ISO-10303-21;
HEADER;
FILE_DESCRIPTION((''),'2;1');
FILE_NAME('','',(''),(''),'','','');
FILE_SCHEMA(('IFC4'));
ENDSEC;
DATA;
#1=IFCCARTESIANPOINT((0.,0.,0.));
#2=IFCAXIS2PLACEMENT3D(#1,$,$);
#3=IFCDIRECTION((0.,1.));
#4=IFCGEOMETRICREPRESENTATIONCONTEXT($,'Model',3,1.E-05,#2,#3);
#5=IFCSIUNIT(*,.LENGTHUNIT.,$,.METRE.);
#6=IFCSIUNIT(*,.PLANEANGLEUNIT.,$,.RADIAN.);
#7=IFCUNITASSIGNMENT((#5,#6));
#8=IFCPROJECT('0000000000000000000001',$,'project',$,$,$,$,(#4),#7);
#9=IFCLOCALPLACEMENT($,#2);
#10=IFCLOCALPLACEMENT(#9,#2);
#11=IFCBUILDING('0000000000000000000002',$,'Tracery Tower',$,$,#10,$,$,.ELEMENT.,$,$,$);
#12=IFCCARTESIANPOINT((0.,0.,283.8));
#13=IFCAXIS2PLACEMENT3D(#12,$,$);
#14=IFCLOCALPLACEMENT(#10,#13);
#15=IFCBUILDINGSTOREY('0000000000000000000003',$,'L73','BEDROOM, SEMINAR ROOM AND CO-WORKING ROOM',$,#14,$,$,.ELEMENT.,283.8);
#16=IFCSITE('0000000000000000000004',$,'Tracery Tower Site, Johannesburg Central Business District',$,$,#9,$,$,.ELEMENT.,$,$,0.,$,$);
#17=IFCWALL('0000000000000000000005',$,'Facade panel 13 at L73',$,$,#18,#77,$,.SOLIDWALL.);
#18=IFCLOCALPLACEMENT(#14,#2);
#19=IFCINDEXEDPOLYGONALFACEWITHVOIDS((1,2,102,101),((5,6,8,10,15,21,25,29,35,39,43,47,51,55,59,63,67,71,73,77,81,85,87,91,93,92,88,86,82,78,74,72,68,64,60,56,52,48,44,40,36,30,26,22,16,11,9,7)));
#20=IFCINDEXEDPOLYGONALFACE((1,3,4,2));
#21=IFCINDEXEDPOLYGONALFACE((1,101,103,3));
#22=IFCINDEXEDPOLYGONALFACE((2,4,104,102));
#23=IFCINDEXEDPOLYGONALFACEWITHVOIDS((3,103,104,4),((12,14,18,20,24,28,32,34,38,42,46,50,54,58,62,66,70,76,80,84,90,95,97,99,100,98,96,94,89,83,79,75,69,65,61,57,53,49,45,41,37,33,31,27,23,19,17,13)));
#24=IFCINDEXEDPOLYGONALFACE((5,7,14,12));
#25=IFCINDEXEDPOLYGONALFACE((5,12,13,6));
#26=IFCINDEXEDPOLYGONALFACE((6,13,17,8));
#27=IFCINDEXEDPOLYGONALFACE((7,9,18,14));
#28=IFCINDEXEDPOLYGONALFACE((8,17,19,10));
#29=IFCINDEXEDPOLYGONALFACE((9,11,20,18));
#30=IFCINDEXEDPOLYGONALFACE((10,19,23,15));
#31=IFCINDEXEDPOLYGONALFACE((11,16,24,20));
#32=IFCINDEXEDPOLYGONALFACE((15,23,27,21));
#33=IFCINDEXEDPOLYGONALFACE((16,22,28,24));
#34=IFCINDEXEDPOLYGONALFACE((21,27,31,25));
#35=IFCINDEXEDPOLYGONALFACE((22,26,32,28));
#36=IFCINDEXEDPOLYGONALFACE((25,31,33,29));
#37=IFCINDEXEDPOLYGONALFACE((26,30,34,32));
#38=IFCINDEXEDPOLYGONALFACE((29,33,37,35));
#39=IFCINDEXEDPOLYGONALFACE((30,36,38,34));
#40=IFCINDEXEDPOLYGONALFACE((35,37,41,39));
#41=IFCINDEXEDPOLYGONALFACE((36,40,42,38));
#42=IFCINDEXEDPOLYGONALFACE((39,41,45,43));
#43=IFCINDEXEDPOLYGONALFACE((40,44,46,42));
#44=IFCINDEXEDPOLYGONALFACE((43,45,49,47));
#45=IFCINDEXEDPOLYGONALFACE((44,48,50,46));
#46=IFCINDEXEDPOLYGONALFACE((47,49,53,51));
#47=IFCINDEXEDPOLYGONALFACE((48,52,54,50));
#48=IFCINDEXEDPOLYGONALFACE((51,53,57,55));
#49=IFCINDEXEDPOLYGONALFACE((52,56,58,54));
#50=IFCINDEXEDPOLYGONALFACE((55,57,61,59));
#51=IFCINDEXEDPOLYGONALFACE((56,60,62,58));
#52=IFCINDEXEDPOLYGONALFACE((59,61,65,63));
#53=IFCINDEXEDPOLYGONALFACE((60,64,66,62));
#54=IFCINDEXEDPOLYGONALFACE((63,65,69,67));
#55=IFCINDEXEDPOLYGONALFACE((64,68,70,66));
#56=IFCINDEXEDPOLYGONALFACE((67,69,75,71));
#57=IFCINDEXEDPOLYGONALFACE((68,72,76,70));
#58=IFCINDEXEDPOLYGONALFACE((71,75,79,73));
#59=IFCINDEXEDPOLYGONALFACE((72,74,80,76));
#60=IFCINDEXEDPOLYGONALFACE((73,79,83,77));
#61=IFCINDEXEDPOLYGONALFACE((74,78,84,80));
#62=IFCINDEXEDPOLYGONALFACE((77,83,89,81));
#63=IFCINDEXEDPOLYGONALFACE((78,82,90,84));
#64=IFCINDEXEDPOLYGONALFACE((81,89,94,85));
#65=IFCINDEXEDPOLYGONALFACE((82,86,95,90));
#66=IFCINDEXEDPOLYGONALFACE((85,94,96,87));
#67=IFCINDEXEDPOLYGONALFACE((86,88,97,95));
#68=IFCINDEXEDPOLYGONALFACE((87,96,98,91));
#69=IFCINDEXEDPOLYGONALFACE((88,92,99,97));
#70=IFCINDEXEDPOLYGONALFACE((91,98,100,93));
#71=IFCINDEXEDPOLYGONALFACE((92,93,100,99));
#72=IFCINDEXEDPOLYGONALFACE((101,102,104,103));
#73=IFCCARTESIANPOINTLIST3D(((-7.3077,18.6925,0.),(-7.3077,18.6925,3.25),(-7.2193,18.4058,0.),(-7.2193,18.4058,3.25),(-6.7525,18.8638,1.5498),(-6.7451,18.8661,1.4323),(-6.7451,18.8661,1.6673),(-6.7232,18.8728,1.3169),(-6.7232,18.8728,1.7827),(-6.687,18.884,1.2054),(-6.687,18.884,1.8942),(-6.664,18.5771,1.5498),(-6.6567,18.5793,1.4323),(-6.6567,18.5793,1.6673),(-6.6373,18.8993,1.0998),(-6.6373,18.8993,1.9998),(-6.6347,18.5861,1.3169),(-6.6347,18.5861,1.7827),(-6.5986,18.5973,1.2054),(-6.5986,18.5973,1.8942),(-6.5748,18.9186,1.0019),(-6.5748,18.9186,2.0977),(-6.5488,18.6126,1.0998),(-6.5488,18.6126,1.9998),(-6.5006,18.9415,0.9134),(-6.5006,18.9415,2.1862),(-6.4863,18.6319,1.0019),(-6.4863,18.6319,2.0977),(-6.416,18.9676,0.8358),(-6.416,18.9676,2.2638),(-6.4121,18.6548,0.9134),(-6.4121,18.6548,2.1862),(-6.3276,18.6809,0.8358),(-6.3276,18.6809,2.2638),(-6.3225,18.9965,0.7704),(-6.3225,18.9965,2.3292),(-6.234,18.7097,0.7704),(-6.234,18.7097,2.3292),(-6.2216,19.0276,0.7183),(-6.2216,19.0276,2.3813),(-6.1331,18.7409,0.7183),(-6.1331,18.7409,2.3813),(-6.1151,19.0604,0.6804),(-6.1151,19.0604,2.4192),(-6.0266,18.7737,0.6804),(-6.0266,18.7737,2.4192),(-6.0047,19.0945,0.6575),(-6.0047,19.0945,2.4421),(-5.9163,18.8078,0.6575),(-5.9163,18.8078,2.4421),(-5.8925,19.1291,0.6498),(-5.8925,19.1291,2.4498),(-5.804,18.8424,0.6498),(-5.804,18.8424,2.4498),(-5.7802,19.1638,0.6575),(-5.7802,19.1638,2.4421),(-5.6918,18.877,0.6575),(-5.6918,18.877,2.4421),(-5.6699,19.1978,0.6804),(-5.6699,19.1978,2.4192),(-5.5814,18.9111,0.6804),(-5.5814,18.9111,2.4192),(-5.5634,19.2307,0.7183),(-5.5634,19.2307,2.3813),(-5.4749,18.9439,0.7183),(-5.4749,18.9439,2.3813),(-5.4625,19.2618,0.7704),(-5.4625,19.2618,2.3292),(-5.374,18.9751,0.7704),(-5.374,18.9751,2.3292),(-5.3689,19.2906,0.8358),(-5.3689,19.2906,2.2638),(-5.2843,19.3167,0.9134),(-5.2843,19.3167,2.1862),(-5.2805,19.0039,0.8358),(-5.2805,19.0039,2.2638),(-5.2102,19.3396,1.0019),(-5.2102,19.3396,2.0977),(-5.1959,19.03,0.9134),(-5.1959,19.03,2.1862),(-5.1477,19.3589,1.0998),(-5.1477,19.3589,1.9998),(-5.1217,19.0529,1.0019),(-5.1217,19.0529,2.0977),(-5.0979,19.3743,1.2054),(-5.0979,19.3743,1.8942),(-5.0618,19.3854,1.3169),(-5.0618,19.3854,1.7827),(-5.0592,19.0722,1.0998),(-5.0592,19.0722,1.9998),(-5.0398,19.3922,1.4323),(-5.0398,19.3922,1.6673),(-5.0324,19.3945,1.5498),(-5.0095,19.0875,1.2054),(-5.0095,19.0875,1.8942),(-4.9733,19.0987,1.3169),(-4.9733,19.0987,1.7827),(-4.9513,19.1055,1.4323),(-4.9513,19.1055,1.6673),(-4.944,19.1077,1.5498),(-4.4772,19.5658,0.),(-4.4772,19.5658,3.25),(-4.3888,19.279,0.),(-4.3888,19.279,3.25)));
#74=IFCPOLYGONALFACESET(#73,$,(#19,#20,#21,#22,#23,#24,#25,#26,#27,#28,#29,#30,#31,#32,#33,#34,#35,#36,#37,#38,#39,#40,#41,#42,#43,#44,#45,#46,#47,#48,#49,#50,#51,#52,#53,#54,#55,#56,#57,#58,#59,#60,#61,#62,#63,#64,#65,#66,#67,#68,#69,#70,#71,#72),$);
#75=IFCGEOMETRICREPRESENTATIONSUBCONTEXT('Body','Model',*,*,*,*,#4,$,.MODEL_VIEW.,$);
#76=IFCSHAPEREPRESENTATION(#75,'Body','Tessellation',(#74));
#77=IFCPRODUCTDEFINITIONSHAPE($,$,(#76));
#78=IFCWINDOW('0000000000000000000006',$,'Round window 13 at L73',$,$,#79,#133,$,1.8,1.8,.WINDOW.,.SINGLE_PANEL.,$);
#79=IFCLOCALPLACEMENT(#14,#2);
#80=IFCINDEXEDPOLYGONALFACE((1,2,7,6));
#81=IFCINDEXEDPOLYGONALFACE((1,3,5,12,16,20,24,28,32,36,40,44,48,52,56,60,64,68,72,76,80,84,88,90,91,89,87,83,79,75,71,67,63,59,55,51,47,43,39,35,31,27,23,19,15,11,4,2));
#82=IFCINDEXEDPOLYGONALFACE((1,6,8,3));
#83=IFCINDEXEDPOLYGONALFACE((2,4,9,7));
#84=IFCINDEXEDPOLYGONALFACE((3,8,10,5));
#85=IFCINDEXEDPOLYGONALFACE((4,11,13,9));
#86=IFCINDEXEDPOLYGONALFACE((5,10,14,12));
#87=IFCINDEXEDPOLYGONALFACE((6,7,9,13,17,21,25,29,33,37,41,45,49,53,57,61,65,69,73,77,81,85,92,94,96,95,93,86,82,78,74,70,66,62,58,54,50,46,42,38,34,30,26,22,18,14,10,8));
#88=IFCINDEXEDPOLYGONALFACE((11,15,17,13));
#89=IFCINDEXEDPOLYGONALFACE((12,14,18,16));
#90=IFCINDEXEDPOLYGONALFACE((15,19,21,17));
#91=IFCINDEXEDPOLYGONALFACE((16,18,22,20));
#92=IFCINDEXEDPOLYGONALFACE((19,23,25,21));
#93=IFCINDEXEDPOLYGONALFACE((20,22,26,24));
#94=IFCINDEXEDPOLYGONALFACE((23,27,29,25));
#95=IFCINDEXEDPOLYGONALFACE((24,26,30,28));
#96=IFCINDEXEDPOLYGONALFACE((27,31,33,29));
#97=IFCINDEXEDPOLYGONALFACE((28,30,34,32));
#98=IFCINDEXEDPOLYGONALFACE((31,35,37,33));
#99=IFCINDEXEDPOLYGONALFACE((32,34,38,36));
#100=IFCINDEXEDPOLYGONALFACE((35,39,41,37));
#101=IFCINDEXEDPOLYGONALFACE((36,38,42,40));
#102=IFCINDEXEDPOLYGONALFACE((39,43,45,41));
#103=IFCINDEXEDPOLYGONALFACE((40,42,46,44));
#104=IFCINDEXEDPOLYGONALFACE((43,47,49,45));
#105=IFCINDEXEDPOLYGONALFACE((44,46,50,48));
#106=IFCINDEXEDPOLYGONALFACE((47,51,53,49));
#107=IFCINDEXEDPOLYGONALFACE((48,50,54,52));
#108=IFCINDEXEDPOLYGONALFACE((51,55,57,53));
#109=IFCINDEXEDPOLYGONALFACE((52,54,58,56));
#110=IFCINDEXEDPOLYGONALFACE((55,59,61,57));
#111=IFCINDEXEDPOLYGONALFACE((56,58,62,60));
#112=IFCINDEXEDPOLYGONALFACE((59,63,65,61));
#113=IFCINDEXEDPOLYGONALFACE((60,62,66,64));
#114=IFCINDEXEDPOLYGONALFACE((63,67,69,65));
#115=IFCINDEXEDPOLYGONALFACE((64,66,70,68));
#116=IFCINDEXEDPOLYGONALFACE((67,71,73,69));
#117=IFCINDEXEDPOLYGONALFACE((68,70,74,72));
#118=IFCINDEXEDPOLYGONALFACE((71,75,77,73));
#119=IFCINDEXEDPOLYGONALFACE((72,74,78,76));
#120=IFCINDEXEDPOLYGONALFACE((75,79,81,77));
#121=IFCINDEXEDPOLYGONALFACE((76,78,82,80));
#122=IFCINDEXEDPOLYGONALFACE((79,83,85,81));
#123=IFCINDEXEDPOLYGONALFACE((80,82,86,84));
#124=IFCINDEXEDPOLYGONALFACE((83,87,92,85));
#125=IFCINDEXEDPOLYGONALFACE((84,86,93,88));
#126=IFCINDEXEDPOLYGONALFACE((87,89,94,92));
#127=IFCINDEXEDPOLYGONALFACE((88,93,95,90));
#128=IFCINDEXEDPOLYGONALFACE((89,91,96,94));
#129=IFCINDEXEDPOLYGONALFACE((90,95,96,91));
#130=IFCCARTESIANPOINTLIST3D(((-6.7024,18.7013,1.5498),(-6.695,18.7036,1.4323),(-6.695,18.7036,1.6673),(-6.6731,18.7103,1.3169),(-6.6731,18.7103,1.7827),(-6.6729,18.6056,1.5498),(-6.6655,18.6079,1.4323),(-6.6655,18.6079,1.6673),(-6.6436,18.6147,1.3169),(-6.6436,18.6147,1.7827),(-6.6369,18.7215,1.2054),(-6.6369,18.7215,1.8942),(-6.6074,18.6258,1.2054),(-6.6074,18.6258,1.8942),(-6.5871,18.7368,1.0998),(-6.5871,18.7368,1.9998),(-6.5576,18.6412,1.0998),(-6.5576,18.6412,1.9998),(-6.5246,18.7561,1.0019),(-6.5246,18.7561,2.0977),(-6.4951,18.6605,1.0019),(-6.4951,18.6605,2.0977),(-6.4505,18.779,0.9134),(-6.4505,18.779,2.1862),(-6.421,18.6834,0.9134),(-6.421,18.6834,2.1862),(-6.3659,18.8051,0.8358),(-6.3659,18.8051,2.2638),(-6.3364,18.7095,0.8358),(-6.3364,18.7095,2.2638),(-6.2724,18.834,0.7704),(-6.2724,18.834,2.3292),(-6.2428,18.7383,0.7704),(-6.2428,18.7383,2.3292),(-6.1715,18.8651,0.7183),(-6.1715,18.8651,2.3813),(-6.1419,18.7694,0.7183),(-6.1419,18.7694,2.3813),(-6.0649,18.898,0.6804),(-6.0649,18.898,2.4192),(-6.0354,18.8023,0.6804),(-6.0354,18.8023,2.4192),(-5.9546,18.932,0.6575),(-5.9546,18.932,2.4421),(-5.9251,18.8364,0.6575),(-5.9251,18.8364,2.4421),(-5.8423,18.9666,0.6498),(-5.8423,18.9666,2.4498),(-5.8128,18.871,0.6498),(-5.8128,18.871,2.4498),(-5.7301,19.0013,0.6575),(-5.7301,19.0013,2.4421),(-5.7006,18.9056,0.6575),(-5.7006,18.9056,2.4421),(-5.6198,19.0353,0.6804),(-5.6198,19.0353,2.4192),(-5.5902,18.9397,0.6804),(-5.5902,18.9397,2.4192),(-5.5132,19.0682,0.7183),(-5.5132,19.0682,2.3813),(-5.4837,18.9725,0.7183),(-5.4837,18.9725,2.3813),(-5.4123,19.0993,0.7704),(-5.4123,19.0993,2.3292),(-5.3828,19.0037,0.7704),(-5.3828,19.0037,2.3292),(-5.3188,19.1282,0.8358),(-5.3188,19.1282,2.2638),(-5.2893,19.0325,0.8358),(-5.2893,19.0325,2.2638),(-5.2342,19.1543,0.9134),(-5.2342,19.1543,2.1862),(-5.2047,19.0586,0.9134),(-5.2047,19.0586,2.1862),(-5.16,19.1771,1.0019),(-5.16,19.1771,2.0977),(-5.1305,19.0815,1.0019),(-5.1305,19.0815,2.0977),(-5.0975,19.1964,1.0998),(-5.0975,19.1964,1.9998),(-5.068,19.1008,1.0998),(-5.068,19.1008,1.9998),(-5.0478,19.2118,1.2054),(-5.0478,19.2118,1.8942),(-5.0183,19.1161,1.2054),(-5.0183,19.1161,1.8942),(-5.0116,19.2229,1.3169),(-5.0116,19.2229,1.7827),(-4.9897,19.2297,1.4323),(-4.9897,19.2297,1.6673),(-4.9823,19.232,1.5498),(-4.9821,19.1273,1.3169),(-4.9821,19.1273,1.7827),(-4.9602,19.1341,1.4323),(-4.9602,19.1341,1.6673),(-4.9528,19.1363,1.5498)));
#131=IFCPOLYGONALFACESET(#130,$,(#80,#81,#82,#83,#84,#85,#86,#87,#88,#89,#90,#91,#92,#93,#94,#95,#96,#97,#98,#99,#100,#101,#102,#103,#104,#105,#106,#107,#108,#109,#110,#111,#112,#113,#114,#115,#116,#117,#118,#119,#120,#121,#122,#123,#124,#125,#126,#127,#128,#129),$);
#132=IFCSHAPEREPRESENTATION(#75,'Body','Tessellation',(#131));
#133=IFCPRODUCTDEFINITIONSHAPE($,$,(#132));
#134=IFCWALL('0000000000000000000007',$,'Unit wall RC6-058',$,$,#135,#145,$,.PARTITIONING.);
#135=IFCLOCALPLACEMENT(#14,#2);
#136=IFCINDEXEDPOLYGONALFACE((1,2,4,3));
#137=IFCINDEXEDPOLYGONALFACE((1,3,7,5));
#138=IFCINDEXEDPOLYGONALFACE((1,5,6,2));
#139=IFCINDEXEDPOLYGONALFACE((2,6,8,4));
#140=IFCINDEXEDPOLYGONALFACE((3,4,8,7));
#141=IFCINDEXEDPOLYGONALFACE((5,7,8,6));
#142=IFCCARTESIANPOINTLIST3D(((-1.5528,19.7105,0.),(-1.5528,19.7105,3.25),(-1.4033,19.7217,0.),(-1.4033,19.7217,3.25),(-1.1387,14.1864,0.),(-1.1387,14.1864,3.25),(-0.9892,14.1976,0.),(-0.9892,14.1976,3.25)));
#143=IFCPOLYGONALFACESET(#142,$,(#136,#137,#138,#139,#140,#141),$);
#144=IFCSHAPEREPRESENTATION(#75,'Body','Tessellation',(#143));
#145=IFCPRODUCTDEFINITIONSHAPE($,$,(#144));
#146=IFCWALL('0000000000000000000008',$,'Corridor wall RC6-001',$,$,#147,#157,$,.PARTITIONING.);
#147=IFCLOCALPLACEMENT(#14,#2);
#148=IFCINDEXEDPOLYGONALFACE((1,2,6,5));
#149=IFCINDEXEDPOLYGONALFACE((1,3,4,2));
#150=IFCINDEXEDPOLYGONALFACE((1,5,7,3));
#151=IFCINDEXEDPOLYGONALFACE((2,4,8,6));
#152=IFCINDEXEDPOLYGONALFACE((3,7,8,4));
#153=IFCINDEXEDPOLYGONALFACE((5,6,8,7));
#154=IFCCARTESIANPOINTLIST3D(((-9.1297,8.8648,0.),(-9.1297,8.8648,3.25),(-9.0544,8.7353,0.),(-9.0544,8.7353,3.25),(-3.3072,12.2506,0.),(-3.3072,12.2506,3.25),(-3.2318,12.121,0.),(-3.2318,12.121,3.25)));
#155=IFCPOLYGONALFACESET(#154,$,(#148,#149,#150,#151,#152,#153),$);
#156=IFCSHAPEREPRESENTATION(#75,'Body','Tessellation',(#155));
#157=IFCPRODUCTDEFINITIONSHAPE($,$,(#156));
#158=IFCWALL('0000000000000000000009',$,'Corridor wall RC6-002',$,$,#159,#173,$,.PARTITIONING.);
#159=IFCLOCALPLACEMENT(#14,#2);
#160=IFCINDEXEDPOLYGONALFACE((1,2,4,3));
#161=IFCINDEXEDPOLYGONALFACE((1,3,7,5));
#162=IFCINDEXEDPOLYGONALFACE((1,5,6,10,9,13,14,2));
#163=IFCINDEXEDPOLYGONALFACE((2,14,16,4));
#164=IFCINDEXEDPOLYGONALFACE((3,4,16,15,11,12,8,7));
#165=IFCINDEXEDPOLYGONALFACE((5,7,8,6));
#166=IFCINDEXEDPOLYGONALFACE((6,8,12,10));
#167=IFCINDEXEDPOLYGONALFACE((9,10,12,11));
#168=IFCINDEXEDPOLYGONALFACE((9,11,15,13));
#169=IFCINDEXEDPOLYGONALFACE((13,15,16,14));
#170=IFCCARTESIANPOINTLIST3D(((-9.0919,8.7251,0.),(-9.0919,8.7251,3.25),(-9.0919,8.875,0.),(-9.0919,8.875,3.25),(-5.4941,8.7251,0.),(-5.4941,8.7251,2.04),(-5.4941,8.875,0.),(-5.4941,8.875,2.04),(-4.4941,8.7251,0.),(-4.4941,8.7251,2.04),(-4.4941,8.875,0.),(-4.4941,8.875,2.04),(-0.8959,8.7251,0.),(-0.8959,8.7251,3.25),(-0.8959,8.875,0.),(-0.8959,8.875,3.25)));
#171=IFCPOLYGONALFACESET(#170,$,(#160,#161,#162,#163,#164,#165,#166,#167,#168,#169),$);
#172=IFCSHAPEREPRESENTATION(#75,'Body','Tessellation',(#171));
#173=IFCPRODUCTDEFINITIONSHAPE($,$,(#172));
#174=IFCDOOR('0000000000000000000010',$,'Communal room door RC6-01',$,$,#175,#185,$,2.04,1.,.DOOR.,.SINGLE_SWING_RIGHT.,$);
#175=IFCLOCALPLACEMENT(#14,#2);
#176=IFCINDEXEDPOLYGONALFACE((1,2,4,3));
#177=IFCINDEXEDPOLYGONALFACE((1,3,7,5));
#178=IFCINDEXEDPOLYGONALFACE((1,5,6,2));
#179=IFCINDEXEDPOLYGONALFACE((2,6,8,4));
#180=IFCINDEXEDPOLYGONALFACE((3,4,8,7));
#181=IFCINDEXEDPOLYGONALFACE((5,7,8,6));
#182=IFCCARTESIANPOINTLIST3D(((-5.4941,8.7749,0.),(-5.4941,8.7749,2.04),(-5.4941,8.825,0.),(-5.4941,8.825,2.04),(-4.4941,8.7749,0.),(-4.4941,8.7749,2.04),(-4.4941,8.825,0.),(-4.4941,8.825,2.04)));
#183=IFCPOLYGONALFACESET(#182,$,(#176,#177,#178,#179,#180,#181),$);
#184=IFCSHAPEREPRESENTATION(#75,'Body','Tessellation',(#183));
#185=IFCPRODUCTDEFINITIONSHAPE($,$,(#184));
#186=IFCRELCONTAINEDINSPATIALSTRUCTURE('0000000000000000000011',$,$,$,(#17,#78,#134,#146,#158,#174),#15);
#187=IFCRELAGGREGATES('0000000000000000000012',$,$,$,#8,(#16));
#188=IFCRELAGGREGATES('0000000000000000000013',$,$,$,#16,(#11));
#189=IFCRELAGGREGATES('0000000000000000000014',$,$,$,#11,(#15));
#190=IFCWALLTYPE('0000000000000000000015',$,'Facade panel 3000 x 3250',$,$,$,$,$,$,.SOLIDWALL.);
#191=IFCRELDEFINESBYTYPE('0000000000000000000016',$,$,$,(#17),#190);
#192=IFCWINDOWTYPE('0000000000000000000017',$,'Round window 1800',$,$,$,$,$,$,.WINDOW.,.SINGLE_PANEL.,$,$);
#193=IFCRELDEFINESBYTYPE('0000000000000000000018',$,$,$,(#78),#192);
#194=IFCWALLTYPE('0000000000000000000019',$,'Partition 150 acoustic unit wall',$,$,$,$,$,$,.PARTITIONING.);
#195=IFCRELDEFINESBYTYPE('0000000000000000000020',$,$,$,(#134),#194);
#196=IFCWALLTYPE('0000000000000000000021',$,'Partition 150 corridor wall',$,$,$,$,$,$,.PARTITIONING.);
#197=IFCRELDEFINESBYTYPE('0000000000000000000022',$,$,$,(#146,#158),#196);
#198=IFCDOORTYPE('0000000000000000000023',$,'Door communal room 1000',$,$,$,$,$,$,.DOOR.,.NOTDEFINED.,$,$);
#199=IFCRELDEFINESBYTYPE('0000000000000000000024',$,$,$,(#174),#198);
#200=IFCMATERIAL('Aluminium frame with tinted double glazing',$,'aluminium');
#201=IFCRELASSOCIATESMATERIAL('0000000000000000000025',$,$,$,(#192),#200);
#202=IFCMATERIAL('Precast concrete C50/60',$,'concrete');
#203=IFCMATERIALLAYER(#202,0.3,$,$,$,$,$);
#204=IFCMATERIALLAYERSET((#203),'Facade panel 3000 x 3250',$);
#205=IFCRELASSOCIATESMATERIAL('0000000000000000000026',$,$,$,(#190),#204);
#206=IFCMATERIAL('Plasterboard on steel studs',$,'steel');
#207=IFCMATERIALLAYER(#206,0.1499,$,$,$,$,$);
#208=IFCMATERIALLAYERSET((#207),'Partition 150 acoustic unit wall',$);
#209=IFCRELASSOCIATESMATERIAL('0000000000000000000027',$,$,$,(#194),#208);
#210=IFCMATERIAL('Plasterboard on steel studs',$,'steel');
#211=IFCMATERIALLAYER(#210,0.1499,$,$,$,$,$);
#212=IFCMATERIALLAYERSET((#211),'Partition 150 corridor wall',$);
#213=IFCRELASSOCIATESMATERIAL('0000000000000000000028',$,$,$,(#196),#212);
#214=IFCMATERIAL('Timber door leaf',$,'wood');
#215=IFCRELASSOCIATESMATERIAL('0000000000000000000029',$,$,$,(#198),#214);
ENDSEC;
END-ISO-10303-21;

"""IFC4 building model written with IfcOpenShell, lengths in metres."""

from ifc_helpers import new_model, si_unit, direction, frame, frame_2d, origin, origin_2d, place, context, subcontext, project, spatial, rectangle, circle, extrude, material, layer, layer_set, type_object, element, fill, save


model = new_model("IFC4")

# Units and contexts
model_context = context("Model", 3, precision=1e-05, world=origin(), true_north=direction((0.0, 1.0)))
body_context = subcontext(model_context, "Body", "Model", "MODEL_VIEW")
ifc_project = project(units=[si_unit("LENGTHUNIT", "METRE"), si_unit("PLANEANGLEUNIT", "RADIAN")], contexts=[model_context])

# Site, building, storey
site_placement = place(None, origin())
site = spatial("IfcSite", under=ifc_project, at=site_placement, Name="Tracery Tower Site, Johannesburg Central Business District", CompositionType="ELEMENT", RefElevation=0.0)
building_placement = place(site_placement, origin())
building = spatial("IfcBuilding", under=site, at=building_placement, Name="Tracery Tower", CompositionType="ELEMENT")
storey_placement = place(building_placement, frame((0.0, 0.0, 283.8)))
storey = spatial("IfcBuildingStorey", under=building, at=storey_placement, Name="L73", Description="BEDROOM, SEMINAR ROOM AND CO-WORKING ROOM", CompositionType="ELEMENT", Elevation=283.8)

# Wall, opening, window
ifc_material_1 = material(Name="Aluminium frame with tinted double glazing", Category="aluminium")
window_type = type_object("IfcWindowType", Name="Round window 1800", PartitioningType="SINGLE_PANEL", PredefinedType="WINDOW", material=ifc_material_1)
ifc_material_2 = material(Name="Precast concrete C50/60", Category="concrete")
ifc_layer_1 = layer(ifc_material_2, 0.3)
ifc_layer_set_1 = layer_set([ifc_layer_1], Name="Facade panel 3000 x 3250")
wall_type_1 = type_object("IfcWallType", Name="Facade panel 3000 x 3250", PredefinedType="SOLIDWALL", material=ifc_layer_set_1)
wall_1_placement = place(storey_placement, frame((-4.4331, 19.4224, 0.0), z_axis=(0.0, 0.0, 1.0), x_axis=(-0.955556, -0.29481, 0.0)))
wall_1 = element("IfcWall", 1, at=wall_1_placement, inside=storey, type_object=wall_type_1, Name="Facade panel 13 at L73", PredefinedType="SOLIDWALL", context=body_context, shape_type="SweptSolid", body=[
    extrude(rectangle(XDim=2.9622, YDim=0.3, at=frame_2d((1.481, 0.0))), origin(), (0.0, 0.0, 1.0), 3.25),
])
opening_1_placement = place(wall_1_placement, frame((1.481, 0.0, 1.5498)))
opening_1 = element("IfcOpeningElement", 2, at=opening_1_placement, cuts=wall_1, PredefinedType="OPENING", context=body_context, shape_type="SweptSolid", body=[
    extrude(circle(Radius=0.9, at=origin_2d()), frame((0.0, 0.1599, 0.0), z_axis=(0.0, -1.0, 0.0), x_axis=(1.0, 0.0, 0.0)), (0.0, 0.0, 1.0), 0.3201),
])
window_1_placement = place(opening_1_placement, origin())
window_1 = element("IfcWindow", 3, at=window_1_placement, inside=storey, type_object=window_type, Name="Round window 13 at L73", OverallHeight=1.8, OverallWidth=1.8, PartitioningType="SINGLE_PANEL", PredefinedType="WINDOW", context=body_context, shape_type="SweptSolid", body=[
    extrude(circle(Radius=0.9, at=origin_2d()), frame((0.0, 0.1201, 0.0), z_axis=(0.0, -1.0, 0.0), x_axis=(1.0, 0.0, 0.0)), (0.0, 0.0, 1.0), 0.1001),
])
fill(opening_1, window_1)

# Walls
ifc_material_3 = material(Name="Plasterboard on steel studs", Category="steel")
ifc_layer_2 = layer(ifc_material_3, 0.1499)
ifc_layer_set_2 = layer_set([ifc_layer_2], Name="Partition 150 acoustic unit wall")
wall_type_2 = type_object("IfcWallType", Name="Partition 150 acoustic unit wall", PredefinedType="PARTITIONING", material=ifc_layer_set_2)
wall_2_placement = place(storey_placement, frame((-1.478, 19.7161, 0.0), z_axis=(0.0, 0.0, 1.0), x_axis=(0.074745, -0.997203, 0.0)))
element("IfcWall", 4, at=wall_2_placement, inside=storey, type_object=wall_type_2, Name="Unit wall RC6-058", PredefinedType="PARTITIONING", context=body_context, shape_type="SweptSolid", body=[
    extrude(rectangle(XDim=5.5396, YDim=0.1499, at=frame_2d((2.7698, 0.0))), origin(), (0.0, 0.0, 1.0), 3.25),
])
ifc_material_4 = material(Name="Plasterboard on steel studs", Category="steel")
ifc_layer_3 = layer(ifc_material_4, 0.1499)
ifc_layer_set_3 = layer_set([ifc_layer_3], Name="Partition 150 corridor wall")
wall_type_3 = type_object("IfcWallType", Name="Partition 150 corridor wall", PredefinedType="PARTITIONING", material=ifc_layer_set_3)
wall_3_placement = place(storey_placement, frame((-9.092, 8.8, 0.0), z_axis=(0.0, 0.0, 1.0), x_axis=(0.864471, 0.502683, 0.0)))
element("IfcWall", 5, at=wall_3_placement, inside=storey, type_object=wall_type_3, Name="Corridor wall RC6-001", PredefinedType="PARTITIONING", context=body_context, shape_type="SweptSolid", body=[
    extrude(rectangle(XDim=6.7354, YDim=0.1499, at=frame_2d((3.3677, 0.0))), origin(), (0.0, 0.0, 1.0), 3.25),
])

# Wall, opening, door
wall_4_placement = place(storey_placement, frame((-9.092, 8.8, 0.0), z_axis=(0.0, 0.0, 1.0), x_axis=(1.0, 0.0, 0.0)))
wall_4 = element("IfcWall", 6, at=wall_4_placement, inside=storey, type_object=wall_type_3, Name="Corridor wall RC6-002", PredefinedType="PARTITIONING", context=body_context, shape_type="SweptSolid", body=[
    extrude(rectangle(XDim=8.196, YDim=0.1499, at=frame_2d((4.0981, 0.0))), origin(), (0.0, 0.0, 1.0), 3.25),
])
opening_2_placement = place(wall_4_placement, frame((3.5979, 0.0, 0.0)))
opening_2 = element("IfcOpeningElement", 7, at=opening_2_placement, cuts=wall_4, PredefinedType="OPENING", context=body_context, shape_type="SweptSolid", body=[
    extrude(rectangle(XDim=1.0, YDim=2.04, at=frame_2d((0.5, 1.02))), frame((0.0, 0.075, 0.0), z_axis=(0.0, -1.0, 0.0), x_axis=(1.0, 0.0, 0.0)), (0.0, 0.0, 1.0), 0.1499),
])
ifc_material_5 = material(Name="Timber door leaf", Category="wood")
door_type_1 = type_object("IfcDoorType", Name="Door communal room 1000", OperationType="NOTDEFINED", PredefinedType="DOOR", material=ifc_material_5)
door_1_placement = place(opening_2_placement, origin())
door_1 = element("IfcDoor", 8, at=door_1_placement, inside=storey, type_object=door_type_1, Name="Communal room door RC6-01", OperationType="SINGLE_SWING_RIGHT", OverallHeight=2.04, OverallWidth=1.0, PredefinedType="DOOR", context=body_context, shape_type="SweptSolid", body=[
    extrude(rectangle(XDim=1.0, YDim=2.04, at=frame_2d((0.5, 1.02))), frame((0.0, 0.0249, 0.0), z_axis=(0.0, -1.0, 0.0), x_axis=(1.0, 0.0, 0.0)), (0.0, 0.0, 1.0), 0.05),
])
fill(opening_2, door_1)

save(model, "model.ifc")
